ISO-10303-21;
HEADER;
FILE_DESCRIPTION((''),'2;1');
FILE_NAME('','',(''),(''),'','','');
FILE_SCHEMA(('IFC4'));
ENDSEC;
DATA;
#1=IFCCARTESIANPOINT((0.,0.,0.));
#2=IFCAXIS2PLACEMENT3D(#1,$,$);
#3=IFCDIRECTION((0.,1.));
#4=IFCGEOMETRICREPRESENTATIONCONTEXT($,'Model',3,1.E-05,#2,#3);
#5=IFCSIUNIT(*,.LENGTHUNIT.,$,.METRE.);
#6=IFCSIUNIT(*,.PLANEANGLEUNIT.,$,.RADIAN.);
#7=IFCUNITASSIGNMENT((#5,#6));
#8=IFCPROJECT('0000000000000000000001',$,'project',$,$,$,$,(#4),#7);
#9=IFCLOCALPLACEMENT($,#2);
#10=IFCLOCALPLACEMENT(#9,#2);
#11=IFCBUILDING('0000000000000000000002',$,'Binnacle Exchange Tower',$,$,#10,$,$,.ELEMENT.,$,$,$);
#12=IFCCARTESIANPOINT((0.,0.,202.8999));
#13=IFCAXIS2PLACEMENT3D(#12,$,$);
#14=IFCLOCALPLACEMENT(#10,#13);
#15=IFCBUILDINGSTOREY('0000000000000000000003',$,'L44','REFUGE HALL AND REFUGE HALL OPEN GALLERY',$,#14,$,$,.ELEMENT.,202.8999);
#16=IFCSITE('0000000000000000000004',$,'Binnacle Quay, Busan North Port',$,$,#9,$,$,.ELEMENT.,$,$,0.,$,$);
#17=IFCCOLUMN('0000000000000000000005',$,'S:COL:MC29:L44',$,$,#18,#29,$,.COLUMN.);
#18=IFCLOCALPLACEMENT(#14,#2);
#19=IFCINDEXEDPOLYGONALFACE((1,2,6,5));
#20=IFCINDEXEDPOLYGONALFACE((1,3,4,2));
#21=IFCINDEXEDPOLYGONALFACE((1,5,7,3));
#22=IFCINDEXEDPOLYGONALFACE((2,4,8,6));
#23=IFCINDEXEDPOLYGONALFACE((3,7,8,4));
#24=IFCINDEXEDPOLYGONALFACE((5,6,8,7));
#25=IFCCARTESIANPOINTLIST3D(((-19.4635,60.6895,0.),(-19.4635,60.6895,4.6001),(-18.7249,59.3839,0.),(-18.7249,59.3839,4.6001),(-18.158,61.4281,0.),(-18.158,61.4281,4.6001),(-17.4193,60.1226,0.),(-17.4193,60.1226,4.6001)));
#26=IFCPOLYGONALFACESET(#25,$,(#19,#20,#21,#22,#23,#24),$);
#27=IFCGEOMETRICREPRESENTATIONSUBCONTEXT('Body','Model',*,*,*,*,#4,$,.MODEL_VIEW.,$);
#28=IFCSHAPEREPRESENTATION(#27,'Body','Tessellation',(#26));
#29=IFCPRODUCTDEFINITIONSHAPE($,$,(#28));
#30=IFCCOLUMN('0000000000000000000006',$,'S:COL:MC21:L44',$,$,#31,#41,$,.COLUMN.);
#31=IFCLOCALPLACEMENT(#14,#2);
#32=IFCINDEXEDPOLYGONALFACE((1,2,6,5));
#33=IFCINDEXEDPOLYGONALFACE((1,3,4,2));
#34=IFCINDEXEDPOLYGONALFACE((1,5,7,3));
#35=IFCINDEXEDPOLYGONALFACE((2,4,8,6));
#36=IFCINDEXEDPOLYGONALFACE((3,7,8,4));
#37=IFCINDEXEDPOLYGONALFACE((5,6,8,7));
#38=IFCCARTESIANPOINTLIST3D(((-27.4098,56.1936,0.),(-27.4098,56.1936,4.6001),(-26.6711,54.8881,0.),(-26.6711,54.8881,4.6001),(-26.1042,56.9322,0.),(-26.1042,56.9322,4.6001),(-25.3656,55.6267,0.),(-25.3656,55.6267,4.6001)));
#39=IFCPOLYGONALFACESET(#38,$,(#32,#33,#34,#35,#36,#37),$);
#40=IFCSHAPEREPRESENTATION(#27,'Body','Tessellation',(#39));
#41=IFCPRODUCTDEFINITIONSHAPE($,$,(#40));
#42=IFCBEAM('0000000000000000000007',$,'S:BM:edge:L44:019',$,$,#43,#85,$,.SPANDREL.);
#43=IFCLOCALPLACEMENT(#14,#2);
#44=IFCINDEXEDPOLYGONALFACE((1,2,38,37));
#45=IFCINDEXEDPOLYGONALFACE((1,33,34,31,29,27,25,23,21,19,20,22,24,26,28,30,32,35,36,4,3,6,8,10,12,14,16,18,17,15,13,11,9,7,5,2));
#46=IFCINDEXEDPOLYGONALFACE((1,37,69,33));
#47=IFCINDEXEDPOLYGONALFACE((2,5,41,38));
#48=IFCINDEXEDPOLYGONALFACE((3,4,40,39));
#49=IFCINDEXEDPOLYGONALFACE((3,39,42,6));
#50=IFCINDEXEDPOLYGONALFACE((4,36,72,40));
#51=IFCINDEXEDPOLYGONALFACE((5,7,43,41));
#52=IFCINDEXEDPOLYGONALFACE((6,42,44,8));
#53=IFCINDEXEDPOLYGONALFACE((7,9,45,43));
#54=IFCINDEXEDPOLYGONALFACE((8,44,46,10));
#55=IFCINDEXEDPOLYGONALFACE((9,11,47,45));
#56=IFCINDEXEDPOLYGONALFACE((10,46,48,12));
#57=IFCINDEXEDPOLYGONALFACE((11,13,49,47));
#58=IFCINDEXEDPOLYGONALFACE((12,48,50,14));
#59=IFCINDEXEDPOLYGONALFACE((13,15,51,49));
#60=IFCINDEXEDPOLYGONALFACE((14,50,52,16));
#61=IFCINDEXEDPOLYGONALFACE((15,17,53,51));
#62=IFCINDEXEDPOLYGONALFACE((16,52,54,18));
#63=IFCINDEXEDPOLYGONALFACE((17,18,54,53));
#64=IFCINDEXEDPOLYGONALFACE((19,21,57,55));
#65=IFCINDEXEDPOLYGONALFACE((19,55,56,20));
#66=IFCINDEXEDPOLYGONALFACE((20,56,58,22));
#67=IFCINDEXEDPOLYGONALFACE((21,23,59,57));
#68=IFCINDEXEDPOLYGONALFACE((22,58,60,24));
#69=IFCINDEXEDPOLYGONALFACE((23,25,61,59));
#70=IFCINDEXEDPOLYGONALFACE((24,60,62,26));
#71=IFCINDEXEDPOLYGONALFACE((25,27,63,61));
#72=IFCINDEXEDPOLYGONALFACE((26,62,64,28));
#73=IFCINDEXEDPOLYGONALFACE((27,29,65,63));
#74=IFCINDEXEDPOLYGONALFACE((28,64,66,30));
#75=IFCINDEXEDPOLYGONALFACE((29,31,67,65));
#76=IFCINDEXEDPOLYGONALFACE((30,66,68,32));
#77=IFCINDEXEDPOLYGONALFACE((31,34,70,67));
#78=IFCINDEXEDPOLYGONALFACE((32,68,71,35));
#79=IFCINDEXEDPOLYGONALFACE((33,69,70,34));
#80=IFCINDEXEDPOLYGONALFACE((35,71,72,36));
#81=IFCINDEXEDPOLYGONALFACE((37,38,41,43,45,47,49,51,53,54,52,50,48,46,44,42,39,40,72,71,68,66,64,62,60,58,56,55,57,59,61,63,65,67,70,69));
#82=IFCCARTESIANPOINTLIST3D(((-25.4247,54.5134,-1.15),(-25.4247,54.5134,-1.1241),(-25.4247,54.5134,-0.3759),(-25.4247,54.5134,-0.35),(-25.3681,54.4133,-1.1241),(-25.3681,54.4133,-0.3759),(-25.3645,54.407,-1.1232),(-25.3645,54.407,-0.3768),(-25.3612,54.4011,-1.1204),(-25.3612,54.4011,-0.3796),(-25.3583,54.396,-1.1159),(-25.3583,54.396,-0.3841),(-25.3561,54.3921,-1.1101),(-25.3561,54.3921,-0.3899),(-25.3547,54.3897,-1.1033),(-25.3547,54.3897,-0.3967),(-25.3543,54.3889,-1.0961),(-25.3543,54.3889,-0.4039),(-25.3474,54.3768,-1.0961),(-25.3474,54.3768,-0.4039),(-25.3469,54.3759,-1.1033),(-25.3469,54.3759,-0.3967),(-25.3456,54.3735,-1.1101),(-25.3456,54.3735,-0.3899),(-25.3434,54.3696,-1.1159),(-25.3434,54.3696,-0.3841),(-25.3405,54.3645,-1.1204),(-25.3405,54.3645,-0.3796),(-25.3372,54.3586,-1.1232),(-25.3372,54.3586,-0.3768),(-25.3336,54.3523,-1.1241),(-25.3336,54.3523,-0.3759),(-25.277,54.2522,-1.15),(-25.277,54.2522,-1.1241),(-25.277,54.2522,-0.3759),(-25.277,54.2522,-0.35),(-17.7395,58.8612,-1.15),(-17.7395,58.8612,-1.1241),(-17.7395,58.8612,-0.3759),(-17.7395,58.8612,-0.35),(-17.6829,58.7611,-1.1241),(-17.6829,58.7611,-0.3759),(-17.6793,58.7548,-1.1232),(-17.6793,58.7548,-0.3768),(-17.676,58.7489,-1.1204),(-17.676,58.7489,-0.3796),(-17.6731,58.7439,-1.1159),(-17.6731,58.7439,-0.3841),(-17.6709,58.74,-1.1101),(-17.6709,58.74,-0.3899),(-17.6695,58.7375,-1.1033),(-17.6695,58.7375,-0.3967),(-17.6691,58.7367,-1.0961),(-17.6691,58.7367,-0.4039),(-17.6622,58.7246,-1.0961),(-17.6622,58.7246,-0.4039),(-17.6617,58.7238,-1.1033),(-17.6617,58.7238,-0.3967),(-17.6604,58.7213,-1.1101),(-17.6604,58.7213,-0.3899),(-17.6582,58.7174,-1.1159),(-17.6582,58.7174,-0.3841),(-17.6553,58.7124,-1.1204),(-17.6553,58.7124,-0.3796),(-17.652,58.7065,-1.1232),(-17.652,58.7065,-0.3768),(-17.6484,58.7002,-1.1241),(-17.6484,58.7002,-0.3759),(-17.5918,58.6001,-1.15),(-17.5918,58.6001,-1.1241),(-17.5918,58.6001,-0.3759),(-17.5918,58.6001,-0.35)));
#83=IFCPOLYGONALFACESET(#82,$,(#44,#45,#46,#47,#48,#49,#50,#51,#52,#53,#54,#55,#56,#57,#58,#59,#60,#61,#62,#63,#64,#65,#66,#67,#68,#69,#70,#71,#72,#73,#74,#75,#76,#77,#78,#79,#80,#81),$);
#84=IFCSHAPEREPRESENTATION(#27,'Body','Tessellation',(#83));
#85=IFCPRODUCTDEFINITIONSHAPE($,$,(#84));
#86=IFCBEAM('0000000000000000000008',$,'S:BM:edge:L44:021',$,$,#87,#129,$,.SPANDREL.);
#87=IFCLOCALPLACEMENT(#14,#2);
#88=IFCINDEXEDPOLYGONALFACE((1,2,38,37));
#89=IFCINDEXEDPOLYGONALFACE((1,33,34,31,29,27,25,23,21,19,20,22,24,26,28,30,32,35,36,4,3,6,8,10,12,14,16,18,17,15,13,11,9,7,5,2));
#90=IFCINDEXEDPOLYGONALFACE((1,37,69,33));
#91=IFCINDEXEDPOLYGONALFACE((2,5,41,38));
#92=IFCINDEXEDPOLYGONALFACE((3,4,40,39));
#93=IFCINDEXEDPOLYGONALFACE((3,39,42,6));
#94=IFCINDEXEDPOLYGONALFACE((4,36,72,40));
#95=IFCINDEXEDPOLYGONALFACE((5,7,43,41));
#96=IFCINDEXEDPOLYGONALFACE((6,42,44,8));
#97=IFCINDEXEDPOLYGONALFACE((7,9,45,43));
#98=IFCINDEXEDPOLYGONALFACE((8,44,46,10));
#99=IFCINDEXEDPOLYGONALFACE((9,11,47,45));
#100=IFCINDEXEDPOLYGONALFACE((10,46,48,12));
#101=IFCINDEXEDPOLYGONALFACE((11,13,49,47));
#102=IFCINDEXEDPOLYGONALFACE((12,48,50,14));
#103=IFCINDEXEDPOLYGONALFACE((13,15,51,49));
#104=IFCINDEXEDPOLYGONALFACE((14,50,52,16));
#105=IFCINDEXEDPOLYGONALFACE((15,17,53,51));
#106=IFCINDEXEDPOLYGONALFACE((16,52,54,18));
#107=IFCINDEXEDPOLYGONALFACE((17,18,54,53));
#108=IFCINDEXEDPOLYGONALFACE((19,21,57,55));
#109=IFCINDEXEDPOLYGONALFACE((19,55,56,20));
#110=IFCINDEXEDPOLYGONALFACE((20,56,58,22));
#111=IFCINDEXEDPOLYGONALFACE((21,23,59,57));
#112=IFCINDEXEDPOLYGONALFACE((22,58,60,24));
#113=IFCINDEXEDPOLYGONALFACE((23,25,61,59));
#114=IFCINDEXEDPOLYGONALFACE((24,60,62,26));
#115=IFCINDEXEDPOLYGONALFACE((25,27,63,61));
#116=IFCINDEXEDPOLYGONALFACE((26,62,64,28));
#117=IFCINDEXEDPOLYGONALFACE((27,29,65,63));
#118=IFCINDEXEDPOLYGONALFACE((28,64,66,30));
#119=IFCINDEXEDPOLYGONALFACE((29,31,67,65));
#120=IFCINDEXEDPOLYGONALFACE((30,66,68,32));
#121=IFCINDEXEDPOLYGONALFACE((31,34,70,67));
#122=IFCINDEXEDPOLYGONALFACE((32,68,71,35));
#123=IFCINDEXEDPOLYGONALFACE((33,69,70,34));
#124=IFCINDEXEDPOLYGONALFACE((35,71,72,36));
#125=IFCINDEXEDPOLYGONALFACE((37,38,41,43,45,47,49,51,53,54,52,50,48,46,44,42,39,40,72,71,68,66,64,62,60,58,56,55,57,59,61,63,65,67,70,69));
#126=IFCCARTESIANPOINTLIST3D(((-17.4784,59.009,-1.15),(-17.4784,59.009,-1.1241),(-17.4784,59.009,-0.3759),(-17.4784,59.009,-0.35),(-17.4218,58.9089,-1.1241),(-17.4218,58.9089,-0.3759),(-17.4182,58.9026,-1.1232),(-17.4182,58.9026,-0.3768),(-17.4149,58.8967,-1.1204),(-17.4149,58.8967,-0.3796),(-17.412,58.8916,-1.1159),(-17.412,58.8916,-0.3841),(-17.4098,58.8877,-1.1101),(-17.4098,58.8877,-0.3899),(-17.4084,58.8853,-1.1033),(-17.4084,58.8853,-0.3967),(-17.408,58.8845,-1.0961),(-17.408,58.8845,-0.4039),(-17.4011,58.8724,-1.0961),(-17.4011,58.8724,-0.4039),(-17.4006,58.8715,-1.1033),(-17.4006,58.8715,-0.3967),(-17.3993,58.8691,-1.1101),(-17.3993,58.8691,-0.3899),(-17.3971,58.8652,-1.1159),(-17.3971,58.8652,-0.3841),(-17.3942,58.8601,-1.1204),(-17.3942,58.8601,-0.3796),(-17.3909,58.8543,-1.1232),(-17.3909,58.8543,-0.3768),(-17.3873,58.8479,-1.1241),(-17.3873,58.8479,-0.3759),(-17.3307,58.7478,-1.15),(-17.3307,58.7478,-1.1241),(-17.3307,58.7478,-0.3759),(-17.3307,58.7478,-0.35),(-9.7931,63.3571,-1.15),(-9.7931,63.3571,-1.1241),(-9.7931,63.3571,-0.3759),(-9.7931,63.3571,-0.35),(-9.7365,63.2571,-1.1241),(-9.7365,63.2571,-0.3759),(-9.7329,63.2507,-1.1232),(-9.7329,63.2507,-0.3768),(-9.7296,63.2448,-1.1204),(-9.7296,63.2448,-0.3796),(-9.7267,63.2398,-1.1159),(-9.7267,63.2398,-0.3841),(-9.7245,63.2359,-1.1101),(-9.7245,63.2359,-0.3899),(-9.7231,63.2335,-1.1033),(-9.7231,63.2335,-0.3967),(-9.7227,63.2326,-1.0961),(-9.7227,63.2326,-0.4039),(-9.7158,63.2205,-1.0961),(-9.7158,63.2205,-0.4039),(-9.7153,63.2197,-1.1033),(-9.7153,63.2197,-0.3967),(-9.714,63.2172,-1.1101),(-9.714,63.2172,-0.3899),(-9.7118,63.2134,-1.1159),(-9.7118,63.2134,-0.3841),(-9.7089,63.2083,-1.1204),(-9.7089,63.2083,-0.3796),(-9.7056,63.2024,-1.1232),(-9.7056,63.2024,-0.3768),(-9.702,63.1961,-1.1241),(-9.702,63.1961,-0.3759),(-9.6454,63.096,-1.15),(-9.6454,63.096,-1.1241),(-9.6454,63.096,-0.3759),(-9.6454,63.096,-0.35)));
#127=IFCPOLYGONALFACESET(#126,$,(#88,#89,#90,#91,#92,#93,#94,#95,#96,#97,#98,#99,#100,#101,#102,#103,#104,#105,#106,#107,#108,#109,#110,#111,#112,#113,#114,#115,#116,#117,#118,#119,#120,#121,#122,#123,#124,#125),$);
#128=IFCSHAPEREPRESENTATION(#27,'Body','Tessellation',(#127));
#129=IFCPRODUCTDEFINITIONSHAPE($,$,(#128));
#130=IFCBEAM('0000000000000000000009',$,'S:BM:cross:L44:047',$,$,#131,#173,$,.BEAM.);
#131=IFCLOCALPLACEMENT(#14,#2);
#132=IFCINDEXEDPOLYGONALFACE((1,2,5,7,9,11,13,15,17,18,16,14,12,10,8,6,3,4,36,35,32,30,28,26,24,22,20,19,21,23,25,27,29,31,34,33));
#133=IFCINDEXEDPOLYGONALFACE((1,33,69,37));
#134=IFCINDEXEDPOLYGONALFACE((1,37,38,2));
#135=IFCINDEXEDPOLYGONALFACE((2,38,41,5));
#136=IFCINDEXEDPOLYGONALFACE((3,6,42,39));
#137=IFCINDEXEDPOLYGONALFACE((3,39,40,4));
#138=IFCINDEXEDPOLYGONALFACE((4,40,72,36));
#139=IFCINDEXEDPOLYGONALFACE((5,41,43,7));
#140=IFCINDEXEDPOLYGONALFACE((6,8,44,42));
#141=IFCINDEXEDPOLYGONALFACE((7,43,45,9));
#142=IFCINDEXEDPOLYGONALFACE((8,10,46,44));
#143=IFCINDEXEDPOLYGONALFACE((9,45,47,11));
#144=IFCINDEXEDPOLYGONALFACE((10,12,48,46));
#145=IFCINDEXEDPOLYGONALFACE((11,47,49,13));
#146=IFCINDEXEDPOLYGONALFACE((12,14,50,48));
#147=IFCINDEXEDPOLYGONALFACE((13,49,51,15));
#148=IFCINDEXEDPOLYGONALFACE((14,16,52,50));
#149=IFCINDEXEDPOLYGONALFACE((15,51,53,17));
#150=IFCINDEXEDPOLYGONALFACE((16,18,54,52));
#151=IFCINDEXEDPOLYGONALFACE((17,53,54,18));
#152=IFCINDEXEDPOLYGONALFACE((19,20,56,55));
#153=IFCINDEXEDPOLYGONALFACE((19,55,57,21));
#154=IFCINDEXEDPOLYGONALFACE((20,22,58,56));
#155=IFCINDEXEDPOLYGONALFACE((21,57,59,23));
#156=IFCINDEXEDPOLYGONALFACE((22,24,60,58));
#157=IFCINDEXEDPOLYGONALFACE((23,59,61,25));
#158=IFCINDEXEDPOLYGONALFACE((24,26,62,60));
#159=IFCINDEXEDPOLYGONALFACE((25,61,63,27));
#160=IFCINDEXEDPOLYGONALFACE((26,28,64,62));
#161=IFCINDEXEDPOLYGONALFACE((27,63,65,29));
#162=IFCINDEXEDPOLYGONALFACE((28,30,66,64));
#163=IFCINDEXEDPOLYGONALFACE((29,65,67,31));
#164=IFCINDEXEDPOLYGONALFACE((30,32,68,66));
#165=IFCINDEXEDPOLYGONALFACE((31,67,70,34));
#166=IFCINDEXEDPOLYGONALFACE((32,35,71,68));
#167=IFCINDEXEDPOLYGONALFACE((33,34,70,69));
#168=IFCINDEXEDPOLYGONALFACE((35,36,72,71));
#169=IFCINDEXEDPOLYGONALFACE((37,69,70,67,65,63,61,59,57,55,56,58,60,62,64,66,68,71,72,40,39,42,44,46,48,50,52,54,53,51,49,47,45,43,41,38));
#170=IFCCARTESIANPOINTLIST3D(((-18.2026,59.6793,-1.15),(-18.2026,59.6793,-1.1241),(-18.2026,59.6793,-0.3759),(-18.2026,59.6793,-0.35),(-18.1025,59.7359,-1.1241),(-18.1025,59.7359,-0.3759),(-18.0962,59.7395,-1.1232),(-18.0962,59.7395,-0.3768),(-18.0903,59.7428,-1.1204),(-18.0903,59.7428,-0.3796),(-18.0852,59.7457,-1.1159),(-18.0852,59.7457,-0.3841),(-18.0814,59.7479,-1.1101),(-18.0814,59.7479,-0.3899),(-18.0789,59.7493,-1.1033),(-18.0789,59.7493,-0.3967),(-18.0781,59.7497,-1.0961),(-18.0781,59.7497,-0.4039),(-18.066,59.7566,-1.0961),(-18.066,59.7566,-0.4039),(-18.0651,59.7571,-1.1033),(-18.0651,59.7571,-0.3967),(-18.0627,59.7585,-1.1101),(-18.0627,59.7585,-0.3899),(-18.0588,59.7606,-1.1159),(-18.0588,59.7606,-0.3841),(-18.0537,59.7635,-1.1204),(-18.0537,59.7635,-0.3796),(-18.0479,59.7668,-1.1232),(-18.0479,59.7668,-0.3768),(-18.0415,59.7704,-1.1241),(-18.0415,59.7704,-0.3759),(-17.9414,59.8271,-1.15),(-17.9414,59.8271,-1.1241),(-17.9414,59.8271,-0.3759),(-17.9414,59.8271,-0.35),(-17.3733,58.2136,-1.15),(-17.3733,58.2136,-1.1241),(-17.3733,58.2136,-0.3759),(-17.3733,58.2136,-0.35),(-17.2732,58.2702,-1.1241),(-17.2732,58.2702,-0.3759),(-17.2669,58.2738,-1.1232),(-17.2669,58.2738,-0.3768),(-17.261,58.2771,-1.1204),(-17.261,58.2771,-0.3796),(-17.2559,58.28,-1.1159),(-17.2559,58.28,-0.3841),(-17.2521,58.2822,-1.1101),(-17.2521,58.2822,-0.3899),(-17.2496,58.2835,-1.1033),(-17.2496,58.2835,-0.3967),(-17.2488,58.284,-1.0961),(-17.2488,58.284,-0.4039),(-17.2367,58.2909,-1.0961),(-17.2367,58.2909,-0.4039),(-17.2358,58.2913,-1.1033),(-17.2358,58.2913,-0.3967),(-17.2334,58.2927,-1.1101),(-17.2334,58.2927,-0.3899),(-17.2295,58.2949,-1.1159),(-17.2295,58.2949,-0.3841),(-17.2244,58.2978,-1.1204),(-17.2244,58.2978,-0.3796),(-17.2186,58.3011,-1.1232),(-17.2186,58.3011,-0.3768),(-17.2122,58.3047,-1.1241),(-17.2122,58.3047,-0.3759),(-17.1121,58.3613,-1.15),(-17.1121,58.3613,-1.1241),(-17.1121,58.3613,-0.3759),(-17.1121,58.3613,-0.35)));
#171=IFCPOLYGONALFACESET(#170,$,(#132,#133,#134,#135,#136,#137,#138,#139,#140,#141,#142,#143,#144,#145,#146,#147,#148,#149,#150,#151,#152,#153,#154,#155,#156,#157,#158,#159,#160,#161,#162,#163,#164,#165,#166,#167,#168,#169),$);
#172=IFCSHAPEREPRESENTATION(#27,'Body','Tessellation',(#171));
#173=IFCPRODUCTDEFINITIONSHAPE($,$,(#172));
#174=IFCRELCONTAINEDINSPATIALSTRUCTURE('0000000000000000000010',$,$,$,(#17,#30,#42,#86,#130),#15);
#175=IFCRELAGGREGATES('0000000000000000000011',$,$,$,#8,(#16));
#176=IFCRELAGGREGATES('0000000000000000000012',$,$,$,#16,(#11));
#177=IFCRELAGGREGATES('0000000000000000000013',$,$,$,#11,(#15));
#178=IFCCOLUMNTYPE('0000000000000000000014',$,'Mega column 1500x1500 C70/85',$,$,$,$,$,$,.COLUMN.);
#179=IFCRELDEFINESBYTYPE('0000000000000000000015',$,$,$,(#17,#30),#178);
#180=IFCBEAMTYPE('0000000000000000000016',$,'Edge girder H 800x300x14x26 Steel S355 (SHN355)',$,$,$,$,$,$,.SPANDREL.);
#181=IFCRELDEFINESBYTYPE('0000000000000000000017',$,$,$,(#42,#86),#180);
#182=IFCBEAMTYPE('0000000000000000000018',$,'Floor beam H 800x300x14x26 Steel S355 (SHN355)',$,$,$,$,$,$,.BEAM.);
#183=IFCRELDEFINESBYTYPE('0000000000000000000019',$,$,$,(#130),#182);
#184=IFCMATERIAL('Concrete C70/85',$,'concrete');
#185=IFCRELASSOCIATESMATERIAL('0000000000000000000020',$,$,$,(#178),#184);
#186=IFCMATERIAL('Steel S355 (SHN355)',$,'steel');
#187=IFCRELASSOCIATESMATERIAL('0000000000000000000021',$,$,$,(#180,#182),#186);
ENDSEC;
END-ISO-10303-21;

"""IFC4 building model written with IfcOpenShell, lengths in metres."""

from ifc_helpers import new_model, si_unit, direction, frame, origin, origin_2d, place, context, subcontext, project, spatial, rectangle, i_section, extrude, material, material_profile, profile_set, type_object, element, save


model = new_model("IFC4")

# Units and contexts
model_context = context("Model", 3, precision=1e-05, world=origin(), true_north=direction((0.0, 1.0)))
body_context = subcontext(model_context, "Body", "Model", "MODEL_VIEW")
ifc_project = project(units=[si_unit("LENGTHUNIT", "METRE"), si_unit("PLANEANGLEUNIT", "RADIAN")], contexts=[model_context])

# Site, building, storey
site_placement = place(None, origin())
site = spatial("IfcSite", under=ifc_project, at=site_placement, Name="Binnacle Quay, Busan North Port", CompositionType="ELEMENT", RefElevation=0.0)
building_placement = place(site_placement, origin())
building = spatial("IfcBuilding", under=site, at=building_placement, Name="Binnacle Exchange Tower", CompositionType="ELEMENT")
storey_placement = place(building_placement, frame((0.0, 0.0, 202.8999)))
storey = spatial("IfcBuildingStorey", under=building, at=storey_placement, Name="L44", Description="REFUGE HALL AND REFUGE HALL OPEN GALLERY", CompositionType="ELEMENT", Elevation=202.8999)

# Columns
ifc_material_1 = material(Name="Concrete C70/85", Category="concrete")
ifc_material_profile_1 = material_profile(ifc_material_1, rectangle(XDim=1.5, YDim=1.5, at=origin_2d()), Name="Mega column 1500x1500 C70/85")
ifc_profile_set_1 = profile_set([ifc_material_profile_1], Name="Concrete C70/85")
column_type = type_object("IfcColumnType", Name="Mega column 1500x1500 C70/85", PredefinedType="COLUMN", material=ifc_profile_set_1)
for number, where, z_axis, x_axis, name in (
    (1, (-18.4414, 60.406, 0.0), (0.0, 0.0, 1.0), (-0.870356, -0.492424, 0.0), "S:COL:MC29:L44"),
    (2, (-26.3877, 55.9102, 0.0), (0.0, 0.0, 1.0), (-0.870356, -0.492424, 0.0), "S:COL:MC21:L44"),
):
    element("IfcColumn", number, at=place(storey_placement, frame(where, z_axis=z_axis, x_axis=x_axis)), inside=storey, type_object=column_type, Name=name, PredefinedType="COLUMN", context=body_context, shape_type="SweptSolid", body=[
        extrude(rectangle(XDim=1.5, YDim=1.5, at=origin_2d()), origin(), (0.0, 0.0, 1.0), 4.6001),
    ])

# Beams
ifc_material_2 = material(Name="Steel S355 (SHN355)", Category="steel")
ifc_material_profile_2 = material_profile(ifc_material_2, i_section(OverallWidth=0.3, OverallDepth=0.8, WebThickness=0.0139, FlangeThickness=0.0259, FilletRadius=0.0281, at=origin_2d()), Name="H 800x300x14x26")
ifc_profile_set_2 = profile_set([ifc_material_profile_2], Name="Steel S355 (SHN355)")
beam_type_1 = type_object("IfcBeamType", Name="Edge girder H 800x300x14x26 Steel S355 (SHN355)", PredefinedType="SPANDREL", material=ifc_profile_set_2)
beam_1_placement = place(storey_placement, frame((-25.3508, 54.3828, -0.75), z_axis=(0.870367, 0.492403, 0.0), x_axis=(-0.492403, 0.870367, 0.0)))
element("IfcBeam", 3, at=beam_1_placement, inside=storey, type_object=beam_type_1, Name="S:BM:edge:L44:019", PredefinedType="SPANDREL", context=body_context, shape_type="SweptSolid", body=[
    extrude(i_section(OverallWidth=0.3, OverallDepth=0.8, WebThickness=0.0139, FlangeThickness=0.0259, FilletRadius=0.0281, at=origin_2d()), origin(), (0.0, 0.0, 1.0), 8.8298),
])
beam_2_placement = place(storey_placement, frame((-17.4045, 58.8784, -0.75), z_axis=(0.870355, 0.492424, 0.0), x_axis=(-0.492424, 0.870355, 0.0)))
element("IfcBeam", 4, at=beam_2_placement, inside=storey, type_object=beam_type_1, Name="S:BM:edge:L44:021", PredefinedType="SPANDREL", context=body_context, shape_type="SweptSolid", body=[
    extrude(i_section(OverallWidth=0.3, OverallDepth=0.8, WebThickness=0.0139, FlangeThickness=0.0259, FilletRadius=0.0281, at=origin_2d()), origin(), (0.0, 0.0, 1.0), 8.8301),
])
ifc_material_profile_3 = material_profile(ifc_material_2, i_section(OverallWidth=0.3, OverallDepth=0.8, WebThickness=0.0139, FlangeThickness=0.0259, FilletRadius=0.0281, at=origin_2d()), Name="H 800x300x14x26")
ifc_profile_set_3 = profile_set([ifc_material_profile_3], Name="Steel S355 (SHN355)")
beam_type_2 = type_object("IfcBeamType", Name="Floor beam H 800x300x14x26 Steel S355 (SHN355)", PredefinedType="BEAM", material=ifc_profile_set_3)
beam_3_placement = place(storey_placement, frame((-18.072, 59.7532, -0.75), z_axis=(0.492435, -0.870349, 0.0), x_axis=(0.870349, 0.492435, 0.0)))
element("IfcBeam", 5, at=beam_3_placement, inside=storey, type_object=beam_type_2, Name="S:BM:cross:L44:047", PredefinedType="BEAM", context=body_context, shape_type="SweptSolid", body=[
    extrude(i_section(OverallWidth=0.3, OverallDepth=0.8, WebThickness=0.0139, FlangeThickness=0.0259, FilletRadius=0.0281, at=origin_2d()), origin(), (0.0, 0.0, 1.0), 1.6841),
])

save(model, "model.ifc")
